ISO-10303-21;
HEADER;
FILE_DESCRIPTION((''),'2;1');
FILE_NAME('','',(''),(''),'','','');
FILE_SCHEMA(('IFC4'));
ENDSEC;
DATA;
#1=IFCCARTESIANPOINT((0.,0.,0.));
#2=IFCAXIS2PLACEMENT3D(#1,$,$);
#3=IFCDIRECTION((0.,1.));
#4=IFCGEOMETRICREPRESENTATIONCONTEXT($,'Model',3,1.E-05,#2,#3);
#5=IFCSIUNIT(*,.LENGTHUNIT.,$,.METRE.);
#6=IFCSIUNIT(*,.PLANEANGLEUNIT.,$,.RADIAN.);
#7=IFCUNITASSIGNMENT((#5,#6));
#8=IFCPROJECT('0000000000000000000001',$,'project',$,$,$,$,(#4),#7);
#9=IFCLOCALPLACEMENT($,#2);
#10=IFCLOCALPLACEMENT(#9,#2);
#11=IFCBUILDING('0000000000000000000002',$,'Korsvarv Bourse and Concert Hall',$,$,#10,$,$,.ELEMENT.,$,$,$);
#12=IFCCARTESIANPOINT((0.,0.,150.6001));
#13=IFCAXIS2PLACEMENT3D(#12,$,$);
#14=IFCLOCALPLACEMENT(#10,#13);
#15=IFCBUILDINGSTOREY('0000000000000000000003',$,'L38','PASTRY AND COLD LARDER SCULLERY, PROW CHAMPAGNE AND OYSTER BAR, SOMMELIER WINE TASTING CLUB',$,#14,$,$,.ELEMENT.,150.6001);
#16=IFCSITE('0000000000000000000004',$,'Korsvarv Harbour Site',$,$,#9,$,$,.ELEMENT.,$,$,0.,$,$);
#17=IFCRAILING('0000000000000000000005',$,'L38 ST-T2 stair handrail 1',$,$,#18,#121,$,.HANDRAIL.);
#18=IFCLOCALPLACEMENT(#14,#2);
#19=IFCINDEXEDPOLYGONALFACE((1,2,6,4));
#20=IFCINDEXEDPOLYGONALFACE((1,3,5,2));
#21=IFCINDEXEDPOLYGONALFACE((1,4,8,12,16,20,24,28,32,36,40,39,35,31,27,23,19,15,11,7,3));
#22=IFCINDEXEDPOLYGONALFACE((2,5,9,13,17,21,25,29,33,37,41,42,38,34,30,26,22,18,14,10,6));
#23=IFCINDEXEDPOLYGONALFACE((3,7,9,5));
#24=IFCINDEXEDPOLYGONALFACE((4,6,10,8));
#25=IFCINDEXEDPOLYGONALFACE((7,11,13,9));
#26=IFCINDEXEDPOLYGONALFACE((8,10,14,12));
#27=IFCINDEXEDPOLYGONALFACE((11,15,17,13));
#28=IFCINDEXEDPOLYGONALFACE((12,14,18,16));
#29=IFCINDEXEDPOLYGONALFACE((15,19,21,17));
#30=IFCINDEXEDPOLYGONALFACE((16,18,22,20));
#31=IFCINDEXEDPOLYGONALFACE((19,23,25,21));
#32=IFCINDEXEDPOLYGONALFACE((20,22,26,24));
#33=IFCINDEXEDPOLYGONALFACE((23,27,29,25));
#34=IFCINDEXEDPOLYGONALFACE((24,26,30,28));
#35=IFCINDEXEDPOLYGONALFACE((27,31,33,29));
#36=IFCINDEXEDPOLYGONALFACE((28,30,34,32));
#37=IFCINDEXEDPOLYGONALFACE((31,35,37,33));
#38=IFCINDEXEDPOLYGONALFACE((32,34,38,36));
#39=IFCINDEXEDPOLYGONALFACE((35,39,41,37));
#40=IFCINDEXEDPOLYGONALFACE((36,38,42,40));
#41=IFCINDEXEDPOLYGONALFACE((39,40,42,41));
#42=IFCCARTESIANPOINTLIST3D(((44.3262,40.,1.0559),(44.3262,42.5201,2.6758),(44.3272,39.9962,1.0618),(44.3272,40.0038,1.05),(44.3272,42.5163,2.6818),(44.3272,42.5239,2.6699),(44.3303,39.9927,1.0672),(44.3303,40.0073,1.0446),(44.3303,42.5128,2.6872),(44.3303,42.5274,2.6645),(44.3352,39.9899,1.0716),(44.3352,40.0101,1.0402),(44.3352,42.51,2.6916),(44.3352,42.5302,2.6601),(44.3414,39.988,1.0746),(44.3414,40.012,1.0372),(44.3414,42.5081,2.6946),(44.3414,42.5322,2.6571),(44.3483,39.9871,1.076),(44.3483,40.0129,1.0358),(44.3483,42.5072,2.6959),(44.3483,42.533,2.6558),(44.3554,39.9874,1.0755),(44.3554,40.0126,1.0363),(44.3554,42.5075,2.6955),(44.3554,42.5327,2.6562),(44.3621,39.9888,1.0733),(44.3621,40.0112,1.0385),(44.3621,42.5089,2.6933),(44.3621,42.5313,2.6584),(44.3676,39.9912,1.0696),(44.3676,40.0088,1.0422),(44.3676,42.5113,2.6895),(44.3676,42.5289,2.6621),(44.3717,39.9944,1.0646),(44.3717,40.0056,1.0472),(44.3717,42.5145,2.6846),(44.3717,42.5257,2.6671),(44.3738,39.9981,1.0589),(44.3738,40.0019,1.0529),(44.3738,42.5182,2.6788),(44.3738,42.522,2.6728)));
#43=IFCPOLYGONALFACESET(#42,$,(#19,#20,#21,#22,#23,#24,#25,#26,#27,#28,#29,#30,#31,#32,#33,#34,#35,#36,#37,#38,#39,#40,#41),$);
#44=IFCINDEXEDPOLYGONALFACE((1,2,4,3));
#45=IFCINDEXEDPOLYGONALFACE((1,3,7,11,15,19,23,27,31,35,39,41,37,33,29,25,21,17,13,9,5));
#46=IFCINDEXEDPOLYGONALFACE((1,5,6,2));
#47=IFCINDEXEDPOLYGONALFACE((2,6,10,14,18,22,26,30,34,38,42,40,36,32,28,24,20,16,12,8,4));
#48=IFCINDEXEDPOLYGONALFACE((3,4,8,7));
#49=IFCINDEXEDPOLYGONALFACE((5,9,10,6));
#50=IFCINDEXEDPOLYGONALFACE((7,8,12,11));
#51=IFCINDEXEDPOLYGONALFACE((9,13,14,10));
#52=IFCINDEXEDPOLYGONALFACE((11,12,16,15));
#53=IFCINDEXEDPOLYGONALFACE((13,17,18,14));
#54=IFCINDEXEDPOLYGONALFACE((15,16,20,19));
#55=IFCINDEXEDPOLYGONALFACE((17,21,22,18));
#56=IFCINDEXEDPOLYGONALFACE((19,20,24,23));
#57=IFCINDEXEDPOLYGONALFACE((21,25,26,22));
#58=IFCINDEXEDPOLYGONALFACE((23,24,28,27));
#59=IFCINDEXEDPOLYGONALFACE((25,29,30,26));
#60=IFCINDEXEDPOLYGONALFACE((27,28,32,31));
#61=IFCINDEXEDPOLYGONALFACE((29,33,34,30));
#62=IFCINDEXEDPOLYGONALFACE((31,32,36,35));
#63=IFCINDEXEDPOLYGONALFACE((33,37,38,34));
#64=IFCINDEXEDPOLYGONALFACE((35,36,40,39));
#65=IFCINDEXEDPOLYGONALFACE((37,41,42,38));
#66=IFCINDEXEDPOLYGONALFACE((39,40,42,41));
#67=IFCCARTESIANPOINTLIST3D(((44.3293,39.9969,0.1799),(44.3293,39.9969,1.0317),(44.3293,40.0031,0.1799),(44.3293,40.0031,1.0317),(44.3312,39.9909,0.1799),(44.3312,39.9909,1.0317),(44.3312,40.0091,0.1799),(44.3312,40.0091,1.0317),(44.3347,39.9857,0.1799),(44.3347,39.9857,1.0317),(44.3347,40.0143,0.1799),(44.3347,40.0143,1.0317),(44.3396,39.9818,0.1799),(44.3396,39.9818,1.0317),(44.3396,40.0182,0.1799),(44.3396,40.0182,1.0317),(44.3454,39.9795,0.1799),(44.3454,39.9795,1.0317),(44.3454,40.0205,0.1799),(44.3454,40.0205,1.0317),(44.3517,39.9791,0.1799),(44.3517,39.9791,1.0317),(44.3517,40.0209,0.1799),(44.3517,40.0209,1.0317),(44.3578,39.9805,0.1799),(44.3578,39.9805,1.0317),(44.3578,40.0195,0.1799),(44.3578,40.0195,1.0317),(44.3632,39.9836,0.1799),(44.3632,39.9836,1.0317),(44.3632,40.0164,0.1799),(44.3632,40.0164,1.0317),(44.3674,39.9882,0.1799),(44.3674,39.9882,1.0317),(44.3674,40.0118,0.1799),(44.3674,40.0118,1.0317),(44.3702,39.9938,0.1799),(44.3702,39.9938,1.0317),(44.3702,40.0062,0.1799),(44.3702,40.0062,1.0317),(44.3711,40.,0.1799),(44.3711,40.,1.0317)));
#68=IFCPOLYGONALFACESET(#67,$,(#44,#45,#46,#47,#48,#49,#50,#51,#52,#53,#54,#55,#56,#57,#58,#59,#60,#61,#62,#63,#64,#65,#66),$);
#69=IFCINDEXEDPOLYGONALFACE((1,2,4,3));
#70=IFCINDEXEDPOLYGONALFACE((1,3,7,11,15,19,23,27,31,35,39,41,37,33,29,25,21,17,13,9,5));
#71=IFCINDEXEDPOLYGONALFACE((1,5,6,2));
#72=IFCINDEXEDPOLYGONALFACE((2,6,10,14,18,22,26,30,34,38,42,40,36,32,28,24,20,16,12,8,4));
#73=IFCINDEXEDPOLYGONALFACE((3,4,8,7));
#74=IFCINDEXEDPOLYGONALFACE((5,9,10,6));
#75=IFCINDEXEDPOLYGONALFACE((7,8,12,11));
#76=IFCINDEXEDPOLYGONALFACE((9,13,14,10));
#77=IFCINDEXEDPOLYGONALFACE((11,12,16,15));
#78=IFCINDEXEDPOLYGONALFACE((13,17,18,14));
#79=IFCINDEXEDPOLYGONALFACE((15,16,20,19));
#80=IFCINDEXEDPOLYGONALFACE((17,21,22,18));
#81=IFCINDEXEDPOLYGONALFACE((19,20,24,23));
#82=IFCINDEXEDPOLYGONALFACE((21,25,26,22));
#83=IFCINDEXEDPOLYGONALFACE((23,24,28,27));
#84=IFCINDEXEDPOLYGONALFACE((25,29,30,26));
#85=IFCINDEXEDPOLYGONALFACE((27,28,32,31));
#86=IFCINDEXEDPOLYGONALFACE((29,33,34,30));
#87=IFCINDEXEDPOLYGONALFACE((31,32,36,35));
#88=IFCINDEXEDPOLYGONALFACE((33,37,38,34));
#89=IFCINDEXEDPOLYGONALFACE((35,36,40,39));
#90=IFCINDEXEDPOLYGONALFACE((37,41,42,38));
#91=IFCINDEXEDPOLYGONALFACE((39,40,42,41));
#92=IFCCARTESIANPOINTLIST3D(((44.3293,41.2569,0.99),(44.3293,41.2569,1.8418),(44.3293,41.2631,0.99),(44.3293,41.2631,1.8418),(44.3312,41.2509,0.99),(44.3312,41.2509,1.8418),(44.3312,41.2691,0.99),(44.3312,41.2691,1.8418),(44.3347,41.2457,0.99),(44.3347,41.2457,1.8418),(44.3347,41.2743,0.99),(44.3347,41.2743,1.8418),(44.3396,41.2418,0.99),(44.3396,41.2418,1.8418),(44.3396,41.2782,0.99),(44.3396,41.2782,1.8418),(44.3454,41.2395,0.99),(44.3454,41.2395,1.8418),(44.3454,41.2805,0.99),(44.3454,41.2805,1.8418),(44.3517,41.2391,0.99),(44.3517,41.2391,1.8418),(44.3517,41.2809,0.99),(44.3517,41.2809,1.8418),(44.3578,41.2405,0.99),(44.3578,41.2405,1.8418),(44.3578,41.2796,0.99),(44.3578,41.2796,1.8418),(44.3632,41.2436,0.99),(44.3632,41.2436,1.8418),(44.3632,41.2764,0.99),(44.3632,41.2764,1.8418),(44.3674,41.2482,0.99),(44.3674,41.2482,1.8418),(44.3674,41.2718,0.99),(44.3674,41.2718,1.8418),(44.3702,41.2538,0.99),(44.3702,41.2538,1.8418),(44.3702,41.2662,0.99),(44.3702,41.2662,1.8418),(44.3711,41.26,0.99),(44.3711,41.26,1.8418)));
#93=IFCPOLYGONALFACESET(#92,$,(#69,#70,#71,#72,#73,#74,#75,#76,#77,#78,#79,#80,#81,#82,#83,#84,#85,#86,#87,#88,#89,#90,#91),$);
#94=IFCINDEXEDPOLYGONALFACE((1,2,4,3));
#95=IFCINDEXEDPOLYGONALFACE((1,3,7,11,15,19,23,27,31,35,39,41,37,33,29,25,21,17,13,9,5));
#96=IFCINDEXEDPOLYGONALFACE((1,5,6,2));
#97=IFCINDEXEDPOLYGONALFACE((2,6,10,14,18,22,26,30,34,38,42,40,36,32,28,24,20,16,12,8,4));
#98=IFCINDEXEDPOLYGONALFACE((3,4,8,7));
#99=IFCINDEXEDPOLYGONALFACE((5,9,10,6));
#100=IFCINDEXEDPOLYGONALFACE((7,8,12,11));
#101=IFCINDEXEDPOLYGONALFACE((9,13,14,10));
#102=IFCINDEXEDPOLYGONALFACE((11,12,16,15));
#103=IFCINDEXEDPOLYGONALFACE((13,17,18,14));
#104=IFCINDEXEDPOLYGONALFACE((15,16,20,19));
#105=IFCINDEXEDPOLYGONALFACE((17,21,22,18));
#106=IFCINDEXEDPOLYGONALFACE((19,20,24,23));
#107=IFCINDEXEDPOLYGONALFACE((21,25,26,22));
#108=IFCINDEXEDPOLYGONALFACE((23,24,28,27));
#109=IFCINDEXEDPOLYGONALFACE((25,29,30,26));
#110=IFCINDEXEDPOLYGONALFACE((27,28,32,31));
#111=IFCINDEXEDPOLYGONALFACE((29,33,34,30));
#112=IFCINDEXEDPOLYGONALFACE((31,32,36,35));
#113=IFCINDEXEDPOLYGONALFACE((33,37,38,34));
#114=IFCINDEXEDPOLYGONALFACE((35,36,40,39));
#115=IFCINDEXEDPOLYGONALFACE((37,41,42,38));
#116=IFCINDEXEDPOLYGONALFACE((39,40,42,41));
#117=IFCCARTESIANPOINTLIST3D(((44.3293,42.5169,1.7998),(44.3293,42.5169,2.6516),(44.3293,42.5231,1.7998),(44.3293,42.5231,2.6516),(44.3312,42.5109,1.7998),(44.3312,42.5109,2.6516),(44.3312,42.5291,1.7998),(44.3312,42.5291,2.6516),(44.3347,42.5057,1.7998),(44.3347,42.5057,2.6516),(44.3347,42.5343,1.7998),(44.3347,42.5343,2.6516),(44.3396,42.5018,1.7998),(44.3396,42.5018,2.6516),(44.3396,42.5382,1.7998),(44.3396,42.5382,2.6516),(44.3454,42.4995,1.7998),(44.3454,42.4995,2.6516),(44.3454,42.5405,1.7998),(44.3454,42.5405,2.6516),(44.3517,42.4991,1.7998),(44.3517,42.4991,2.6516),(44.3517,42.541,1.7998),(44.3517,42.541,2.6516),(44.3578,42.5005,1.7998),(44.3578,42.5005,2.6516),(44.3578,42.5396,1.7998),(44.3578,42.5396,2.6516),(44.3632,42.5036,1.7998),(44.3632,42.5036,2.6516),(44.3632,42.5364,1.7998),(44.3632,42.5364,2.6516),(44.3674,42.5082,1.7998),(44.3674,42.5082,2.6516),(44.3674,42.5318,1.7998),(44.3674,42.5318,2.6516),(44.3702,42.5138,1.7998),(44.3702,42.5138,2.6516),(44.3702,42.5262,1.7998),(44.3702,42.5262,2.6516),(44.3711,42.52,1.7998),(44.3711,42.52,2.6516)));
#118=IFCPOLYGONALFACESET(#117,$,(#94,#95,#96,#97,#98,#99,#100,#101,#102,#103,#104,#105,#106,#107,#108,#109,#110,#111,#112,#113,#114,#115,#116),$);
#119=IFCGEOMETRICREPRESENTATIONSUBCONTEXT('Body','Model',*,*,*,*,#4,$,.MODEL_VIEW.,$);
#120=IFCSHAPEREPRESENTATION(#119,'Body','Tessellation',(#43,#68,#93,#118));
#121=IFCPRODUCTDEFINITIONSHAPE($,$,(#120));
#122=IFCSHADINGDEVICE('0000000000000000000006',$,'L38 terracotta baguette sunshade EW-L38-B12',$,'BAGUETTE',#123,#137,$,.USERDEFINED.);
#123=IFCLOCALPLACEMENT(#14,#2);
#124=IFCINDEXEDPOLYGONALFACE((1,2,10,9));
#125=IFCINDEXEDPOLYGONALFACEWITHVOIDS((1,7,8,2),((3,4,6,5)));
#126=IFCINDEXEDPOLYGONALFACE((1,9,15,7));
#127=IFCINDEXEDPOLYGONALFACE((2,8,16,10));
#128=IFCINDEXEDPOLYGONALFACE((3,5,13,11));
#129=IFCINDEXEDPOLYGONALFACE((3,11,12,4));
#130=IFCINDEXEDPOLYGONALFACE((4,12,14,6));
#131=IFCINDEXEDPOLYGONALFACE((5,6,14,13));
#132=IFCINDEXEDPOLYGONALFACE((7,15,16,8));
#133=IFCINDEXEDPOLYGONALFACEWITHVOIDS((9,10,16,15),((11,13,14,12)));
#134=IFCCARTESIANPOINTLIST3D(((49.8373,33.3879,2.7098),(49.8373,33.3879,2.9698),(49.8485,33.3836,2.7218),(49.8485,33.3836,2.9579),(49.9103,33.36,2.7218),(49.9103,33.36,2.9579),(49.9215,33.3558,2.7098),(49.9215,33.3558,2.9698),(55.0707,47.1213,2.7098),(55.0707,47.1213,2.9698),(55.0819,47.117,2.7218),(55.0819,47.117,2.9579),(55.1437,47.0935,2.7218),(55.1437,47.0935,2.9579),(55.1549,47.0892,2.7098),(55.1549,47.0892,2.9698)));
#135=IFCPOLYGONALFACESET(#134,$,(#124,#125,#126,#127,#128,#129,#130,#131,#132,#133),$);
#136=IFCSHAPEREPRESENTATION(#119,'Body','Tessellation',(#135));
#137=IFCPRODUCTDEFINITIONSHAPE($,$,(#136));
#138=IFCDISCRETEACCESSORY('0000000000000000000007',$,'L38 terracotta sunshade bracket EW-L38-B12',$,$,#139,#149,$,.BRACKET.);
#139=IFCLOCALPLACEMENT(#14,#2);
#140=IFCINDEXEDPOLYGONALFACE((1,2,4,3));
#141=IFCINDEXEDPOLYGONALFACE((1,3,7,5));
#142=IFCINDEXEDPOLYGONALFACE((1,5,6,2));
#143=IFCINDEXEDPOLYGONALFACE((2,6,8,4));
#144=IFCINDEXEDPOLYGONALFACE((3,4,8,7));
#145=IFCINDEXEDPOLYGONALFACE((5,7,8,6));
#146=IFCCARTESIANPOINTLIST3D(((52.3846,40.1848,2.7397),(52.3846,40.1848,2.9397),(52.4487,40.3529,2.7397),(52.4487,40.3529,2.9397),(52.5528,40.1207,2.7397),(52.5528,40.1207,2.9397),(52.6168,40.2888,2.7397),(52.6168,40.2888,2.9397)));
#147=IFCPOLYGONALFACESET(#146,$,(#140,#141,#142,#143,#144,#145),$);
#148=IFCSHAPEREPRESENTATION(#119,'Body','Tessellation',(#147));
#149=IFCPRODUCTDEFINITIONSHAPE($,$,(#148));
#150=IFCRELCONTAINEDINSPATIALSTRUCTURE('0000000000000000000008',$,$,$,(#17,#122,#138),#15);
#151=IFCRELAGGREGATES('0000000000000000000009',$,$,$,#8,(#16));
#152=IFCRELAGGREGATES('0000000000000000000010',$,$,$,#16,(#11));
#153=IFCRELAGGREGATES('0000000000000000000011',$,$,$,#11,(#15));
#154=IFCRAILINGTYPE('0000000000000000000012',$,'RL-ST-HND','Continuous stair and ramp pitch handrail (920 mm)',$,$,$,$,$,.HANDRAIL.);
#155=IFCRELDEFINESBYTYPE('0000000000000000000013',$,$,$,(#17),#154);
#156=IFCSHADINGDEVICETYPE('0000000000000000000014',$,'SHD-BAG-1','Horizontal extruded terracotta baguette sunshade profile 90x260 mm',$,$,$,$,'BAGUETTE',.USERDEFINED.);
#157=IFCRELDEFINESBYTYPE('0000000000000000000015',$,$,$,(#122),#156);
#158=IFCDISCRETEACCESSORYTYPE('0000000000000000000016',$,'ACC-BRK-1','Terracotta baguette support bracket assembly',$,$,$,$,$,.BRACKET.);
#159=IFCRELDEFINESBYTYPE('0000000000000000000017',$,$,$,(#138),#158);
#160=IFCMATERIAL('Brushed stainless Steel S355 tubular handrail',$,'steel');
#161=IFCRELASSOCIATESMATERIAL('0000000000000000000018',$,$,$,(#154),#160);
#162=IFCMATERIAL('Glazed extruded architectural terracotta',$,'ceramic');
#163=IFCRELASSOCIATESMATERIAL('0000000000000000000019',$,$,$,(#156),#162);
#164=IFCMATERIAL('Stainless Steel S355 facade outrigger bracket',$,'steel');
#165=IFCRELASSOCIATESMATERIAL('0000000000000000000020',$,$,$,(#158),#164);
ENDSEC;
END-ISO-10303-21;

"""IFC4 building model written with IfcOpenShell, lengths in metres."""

from ifc_helpers import new_model, si_unit, direction, frame, origin, origin_2d, place, context, subcontext, project, spatial, rectangle, hollow_rectangle, circle, extrude, source, transform, mapped, material, material_profile, profile_set, type_object, element, save


model = new_model("IFC4")

# Units and contexts
model_context = context("Model", 3, precision=1e-05, world=origin(), true_north=direction((0.0, 1.0)))
body_context = subcontext(model_context, "Body", "Model", "MODEL_VIEW")
ifc_project = project(units=[si_unit("LENGTHUNIT", "METRE"), si_unit("PLANEANGLEUNIT", "RADIAN")], contexts=[model_context])

# Site, building, storey
site_placement = place(None, origin())
site = spatial("IfcSite", under=ifc_project, at=site_placement, Name="Korsvarv Harbour Site", CompositionType="ELEMENT", RefElevation=0.0)
building_placement = place(site_placement, origin())
building = spatial("IfcBuilding", under=site, at=building_placement, Name="Korsvarv Bourse and Concert Hall", CompositionType="ELEMENT")
storey_placement = place(building_placement, frame((0.0, 0.0, 150.6001)))
storey = spatial("IfcBuildingStorey", under=building, at=storey_placement, Name="L38", Description="PASTRY AND COLD LARDER SCULLERY, PROW CHAMPAGNE AND OYSTER BAR, SOMMELIER WINE TASTING CLUB", CompositionType="ELEMENT", Elevation=150.6001)

# Railing
ifc_material_1 = material(Name="Brushed stainless Steel S355 tubular handrail", Category="steel")
railing_type_1 = type_object("IfcRailingType", Name="RL-ST-HND", Description="Continuous stair and ramp pitch handrail (920 mm)", PredefinedType="HANDRAIL", material=ifc_material_1)
railing_1_placement = place(storey_placement, frame((44.3501, 40.0, 0.1799)))
element("IfcRailing", 1, at=railing_1_placement, inside=storey, type_object=railing_type_1, Name="L38 ST-T2 stair handrail 1", PredefinedType="HANDRAIL", context=body_context, shape_type="SweptSolid", body=[
    extrude(circle(Radius=0.0239, at=origin_2d()), frame((0.0, 0.0, 0.876), z_axis=(0.0, 0.8412, 0.540725), x_axis=(-1.0, 0.0, 0.0)), (0.0, 0.0, 1.0), 2.9958),
    extrude(circle(Radius=0.021, at=origin_2d()), origin(), (0.0, 0.0, 1.0), 0.8518),
    extrude(circle(Radius=0.021, at=origin_2d()), frame((0.0, 1.26, 0.8101)), (0.0, 0.0, 1.0), 0.8518),
    extrude(circle(Radius=0.021, at=origin_2d()), frame((0.0, 2.52, 1.6199)), (0.0, 0.0, 1.0), 0.8518),
])

# Shading device
ifc_material_2 = material(Name="Glazed extruded architectural terracotta", Category="ceramic")
ifc_material_profile_1 = material_profile(ifc_material_2, hollow_rectangle(XDim=0.0901, YDim=0.26, WallThickness=0.012, at=origin_2d()), Name="TC-BAG 90x260")
ifc_profile_set_1 = profile_set([ifc_material_profile_1], Name="Glazed extruded architectural terracotta")
shading_device_type = type_object("IfcShadingDeviceType", Name="SHD-BAG-1", Description="Horizontal extruded terracotta baguette sunshade profile 90x260 mm", ElementType="BAGUETTE", PredefinedType="USERDEFINED", material=ifc_profile_set_1)
shared_shape_1 = source(origin(), body_context, "Body", "SweptSolid", [
    extrude(hollow_rectangle(XDim=0.0901, YDim=0.26, WallThickness=0.012, at=origin_2d()), origin(), (0.0, 0.0, 1.0), 14.6968),
])
shading_device_placement = place(storey_placement, frame((49.8794, 33.3718, 2.8398), z_axis=(0.356092, 0.934451, 0.0), x_axis=(-0.934451, 0.356092, 0.0)))
element("IfcShadingDevice", 2, at=shading_device_placement, inside=storey, type_object=shading_device_type, Name="L38 terracotta baguette sunshade EW-L38-B12", ObjectType="BAGUETTE", PredefinedType="USERDEFINED", context=body_context, shape_type="MappedRepresentation", body=[
    mapped(shared_shape_1, transform((0.0, 0.0, 0.0), scale=1.0)),
])

# Discrete accessory
ifc_material_3 = material(Name="Stainless Steel S355 facade outrigger bracket", Category="steel")
discrete_accessory_type = type_object("IfcDiscreteAccessoryType", Name="ACC-BRK-1", Description="Terracotta baguette support bracket assembly", PredefinedType="BRACKET", material=ifc_material_3)
shared_shape_2 = source(origin(), body_context, "Body", "SweptSolid", [
    extrude(rectangle(XDim=0.1799, YDim=0.1799, at=origin_2d()), origin(), (0.0, 0.0, 1.0), 0.2),
])
discrete_accessory_placement = place(storey_placement, frame((52.5007, 40.2368, 2.7397), z_axis=(0.0, 0.0, 1.0), x_axis=(0.356086, 0.934453, 0.0)))
element("IfcDiscreteAccessory", 3, at=discrete_accessory_placement, inside=storey, type_object=discrete_accessory_type, Name="L38 terracotta sunshade bracket EW-L38-B12", PredefinedType="BRACKET", context=body_context, shape_type="MappedRepresentation", body=[
    mapped(shared_shape_2, transform((0.0, 0.0, 0.0), scale=1.0)),
])

save(model, "model.ifc")
